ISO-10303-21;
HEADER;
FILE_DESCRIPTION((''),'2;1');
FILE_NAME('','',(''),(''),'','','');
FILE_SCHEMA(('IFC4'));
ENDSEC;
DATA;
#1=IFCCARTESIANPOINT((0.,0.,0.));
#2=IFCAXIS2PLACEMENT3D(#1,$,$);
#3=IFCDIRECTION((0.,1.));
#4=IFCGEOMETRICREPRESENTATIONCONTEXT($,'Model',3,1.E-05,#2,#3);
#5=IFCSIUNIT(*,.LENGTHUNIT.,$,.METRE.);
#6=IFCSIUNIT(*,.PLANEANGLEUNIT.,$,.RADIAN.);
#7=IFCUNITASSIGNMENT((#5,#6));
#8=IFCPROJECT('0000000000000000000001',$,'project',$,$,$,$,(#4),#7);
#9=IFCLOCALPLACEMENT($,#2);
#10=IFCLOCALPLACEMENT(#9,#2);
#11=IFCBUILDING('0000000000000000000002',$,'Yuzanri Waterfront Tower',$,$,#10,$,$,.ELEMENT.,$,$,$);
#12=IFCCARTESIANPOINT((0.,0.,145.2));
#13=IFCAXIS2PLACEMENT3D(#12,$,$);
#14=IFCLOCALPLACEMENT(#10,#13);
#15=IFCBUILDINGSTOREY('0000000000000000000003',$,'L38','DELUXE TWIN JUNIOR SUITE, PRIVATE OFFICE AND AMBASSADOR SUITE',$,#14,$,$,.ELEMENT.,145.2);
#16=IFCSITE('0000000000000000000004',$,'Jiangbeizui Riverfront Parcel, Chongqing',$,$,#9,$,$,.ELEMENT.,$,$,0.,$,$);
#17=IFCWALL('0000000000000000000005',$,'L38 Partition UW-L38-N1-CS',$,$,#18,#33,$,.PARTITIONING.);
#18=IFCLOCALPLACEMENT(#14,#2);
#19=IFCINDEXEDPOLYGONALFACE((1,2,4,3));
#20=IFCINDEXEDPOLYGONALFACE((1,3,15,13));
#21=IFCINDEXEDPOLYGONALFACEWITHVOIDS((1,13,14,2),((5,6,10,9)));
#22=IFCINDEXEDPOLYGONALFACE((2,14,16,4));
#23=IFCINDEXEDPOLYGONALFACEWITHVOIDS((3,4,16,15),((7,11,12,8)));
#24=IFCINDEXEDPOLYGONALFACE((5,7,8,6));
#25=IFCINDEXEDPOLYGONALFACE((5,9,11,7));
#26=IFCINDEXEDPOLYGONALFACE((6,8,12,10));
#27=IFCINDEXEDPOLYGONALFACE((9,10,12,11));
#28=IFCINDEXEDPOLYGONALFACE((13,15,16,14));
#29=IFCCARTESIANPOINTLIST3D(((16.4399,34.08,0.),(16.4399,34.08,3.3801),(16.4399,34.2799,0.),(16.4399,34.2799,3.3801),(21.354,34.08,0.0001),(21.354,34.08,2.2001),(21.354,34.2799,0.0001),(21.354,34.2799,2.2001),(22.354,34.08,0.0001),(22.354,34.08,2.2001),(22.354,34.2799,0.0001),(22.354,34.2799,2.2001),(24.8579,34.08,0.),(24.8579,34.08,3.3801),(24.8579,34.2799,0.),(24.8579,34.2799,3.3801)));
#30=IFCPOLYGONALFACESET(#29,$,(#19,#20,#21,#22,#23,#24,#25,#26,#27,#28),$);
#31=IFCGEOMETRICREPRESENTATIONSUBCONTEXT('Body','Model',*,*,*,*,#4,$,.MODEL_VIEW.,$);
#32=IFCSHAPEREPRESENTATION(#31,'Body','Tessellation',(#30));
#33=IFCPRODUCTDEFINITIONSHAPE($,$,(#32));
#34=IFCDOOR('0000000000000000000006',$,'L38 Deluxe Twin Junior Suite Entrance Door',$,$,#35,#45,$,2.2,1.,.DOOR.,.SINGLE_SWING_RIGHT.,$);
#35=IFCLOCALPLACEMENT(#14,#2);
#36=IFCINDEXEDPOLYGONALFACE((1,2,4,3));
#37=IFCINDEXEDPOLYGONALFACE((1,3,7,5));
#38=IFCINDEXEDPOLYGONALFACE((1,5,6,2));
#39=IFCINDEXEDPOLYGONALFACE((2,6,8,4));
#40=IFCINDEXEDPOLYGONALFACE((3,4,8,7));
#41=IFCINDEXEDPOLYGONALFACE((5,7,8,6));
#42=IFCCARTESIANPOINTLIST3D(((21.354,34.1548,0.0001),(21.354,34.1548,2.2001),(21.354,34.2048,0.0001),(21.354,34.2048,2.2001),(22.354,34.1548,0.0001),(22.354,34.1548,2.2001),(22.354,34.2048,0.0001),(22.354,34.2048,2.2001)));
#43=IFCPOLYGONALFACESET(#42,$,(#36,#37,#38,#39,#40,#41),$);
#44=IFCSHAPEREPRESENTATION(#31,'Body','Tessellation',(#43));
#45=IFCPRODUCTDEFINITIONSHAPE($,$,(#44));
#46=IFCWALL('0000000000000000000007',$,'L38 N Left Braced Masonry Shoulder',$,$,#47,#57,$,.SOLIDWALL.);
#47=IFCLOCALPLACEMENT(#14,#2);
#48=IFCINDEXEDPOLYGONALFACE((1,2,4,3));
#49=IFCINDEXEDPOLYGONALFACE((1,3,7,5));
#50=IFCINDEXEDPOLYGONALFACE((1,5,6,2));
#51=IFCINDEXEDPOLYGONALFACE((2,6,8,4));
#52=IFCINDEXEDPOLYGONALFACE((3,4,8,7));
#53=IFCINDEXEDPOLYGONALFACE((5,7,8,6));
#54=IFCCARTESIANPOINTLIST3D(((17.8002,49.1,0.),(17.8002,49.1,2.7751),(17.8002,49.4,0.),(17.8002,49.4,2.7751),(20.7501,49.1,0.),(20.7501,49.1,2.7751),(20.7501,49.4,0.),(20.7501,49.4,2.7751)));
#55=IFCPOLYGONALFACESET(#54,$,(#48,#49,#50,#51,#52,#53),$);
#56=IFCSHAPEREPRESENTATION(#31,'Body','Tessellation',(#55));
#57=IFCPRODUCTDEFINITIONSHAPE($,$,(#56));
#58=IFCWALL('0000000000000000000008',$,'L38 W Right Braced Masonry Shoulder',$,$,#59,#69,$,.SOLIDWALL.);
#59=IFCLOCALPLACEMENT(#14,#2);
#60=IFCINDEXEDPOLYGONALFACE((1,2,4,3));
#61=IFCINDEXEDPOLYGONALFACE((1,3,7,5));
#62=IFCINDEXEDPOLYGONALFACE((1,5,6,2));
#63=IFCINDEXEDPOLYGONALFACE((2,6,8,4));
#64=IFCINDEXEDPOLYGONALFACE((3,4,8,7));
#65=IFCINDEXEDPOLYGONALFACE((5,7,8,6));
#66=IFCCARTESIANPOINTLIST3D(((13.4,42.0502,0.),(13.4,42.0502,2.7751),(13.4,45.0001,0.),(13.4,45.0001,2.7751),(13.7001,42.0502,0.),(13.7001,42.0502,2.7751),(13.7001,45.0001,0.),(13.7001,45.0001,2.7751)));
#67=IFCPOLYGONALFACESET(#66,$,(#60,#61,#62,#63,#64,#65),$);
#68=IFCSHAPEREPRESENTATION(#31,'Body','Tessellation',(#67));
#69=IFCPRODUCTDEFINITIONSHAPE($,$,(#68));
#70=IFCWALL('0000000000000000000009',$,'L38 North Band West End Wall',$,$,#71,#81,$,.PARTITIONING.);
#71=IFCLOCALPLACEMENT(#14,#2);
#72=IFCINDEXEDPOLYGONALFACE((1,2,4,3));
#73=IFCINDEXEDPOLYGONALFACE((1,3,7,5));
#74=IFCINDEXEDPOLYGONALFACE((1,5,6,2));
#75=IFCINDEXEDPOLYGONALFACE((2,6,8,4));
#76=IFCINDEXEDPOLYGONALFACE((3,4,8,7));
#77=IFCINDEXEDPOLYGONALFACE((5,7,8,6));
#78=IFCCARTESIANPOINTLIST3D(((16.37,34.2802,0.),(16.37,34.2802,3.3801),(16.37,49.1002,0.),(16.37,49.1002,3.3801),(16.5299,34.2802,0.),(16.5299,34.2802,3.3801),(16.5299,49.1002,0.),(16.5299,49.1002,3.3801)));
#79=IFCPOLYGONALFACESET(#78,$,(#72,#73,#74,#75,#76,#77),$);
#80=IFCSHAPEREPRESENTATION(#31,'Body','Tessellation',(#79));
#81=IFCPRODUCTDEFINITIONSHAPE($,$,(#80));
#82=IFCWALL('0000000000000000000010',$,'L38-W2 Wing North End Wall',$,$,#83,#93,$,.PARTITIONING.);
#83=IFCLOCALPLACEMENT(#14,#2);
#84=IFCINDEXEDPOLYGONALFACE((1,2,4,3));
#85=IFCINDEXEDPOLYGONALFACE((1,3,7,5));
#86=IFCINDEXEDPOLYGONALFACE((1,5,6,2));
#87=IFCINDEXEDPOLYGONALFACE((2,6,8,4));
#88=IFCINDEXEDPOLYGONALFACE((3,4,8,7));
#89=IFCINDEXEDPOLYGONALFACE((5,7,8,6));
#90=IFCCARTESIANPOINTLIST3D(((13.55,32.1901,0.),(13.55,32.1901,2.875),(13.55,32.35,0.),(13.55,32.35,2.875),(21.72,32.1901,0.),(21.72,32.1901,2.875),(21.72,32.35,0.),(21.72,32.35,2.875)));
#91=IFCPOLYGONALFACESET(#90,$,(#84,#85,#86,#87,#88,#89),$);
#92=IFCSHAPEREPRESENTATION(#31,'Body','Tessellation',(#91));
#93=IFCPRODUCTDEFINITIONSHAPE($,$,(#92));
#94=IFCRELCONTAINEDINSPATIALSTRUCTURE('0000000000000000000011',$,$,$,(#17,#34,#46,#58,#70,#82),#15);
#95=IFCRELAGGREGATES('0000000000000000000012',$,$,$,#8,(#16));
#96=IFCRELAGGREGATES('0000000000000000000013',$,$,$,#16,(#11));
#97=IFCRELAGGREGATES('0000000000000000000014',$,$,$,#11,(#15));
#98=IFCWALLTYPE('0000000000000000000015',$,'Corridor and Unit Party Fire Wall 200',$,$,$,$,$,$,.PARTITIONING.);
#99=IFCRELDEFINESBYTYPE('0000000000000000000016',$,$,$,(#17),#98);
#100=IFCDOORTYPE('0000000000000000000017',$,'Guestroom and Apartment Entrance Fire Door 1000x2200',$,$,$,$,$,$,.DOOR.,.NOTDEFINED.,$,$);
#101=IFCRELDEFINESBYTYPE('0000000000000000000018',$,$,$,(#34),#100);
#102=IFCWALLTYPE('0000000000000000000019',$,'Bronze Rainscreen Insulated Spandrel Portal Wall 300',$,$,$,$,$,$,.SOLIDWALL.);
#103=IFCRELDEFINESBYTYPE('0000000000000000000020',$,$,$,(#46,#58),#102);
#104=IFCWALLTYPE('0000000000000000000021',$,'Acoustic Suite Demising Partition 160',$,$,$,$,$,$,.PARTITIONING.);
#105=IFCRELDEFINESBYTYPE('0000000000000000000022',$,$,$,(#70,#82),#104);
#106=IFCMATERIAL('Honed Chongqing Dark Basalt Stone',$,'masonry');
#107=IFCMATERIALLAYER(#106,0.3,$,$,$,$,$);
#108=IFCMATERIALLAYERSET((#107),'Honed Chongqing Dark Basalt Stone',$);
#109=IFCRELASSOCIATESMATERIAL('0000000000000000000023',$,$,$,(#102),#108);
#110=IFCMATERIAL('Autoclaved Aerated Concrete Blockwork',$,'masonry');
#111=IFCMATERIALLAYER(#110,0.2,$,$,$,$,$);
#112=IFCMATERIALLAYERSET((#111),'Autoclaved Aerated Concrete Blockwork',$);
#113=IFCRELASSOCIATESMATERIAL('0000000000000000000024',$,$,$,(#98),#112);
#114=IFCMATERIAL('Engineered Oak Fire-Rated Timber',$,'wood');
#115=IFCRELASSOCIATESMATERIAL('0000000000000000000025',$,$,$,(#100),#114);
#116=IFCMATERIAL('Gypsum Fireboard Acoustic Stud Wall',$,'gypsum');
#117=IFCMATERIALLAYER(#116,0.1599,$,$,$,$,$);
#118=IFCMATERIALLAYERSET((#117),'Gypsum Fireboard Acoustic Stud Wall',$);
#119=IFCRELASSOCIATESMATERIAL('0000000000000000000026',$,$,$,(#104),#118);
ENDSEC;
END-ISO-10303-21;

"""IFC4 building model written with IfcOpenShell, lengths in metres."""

from ifc_helpers import new_model, si_unit, direction, frame, frame_2d, origin, place, context, subcontext, project, spatial, rectangle, extrude, source, transform, mapped, material, layer, layer_set, type_object, element, fill, save


model = new_model("IFC4")

# Units and contexts
model_context = context("Model", 3, precision=1e-05, world=origin(), true_north=direction((0.0, 1.0)))
body_context = subcontext(model_context, "Body", "Model", "MODEL_VIEW")
ifc_project = project(units=[si_unit("LENGTHUNIT", "METRE"), si_unit("PLANEANGLEUNIT", "RADIAN")], contexts=[model_context])

# Site, building, storey
site_placement = place(None, origin())
site = spatial("IfcSite", under=ifc_project, at=site_placement, Name="Jiangbeizui Riverfront Parcel, Chongqing", CompositionType="ELEMENT", RefElevation=0.0)
building_placement = place(site_placement, origin())
building = spatial("IfcBuilding", under=site, at=building_placement, Name="Yuzanri Waterfront Tower", CompositionType="ELEMENT")
storey_placement = place(building_placement, frame((0.0, 0.0, 145.2)))
storey = spatial("IfcBuildingStorey", under=building, at=storey_placement, Name="L38", Description="DELUXE TWIN JUNIOR SUITE, PRIVATE OFFICE AND AMBASSADOR SUITE", CompositionType="ELEMENT", Elevation=145.2)

# Shared definitions
ifc_material_1 = material(Name="Honed Chongqing Dark Basalt Stone", Category="masonry")
ifc_layer_1 = layer(ifc_material_1, 0.3)
ifc_layer_set_1 = layer_set([ifc_layer_1], Name="Honed Chongqing Dark Basalt Stone")
wall_type_1 = type_object("IfcWallType", Name="Bronze Rainscreen Insulated Spandrel Portal Wall 300", PredefinedType="SOLIDWALL", material=ifc_layer_set_1)

# Wall, opening, door
ifc_material_2 = material(Name="Autoclaved Aerated Concrete Blockwork", Category="masonry")
ifc_layer_2 = layer(ifc_material_2, 0.2)
ifc_layer_set_2 = layer_set([ifc_layer_2], Name="Autoclaved Aerated Concrete Blockwork")
wall_type_2 = type_object("IfcWallType", Name="Corridor and Unit Party Fire Wall 200", PredefinedType="PARTITIONING", material=ifc_layer_set_2)
wall_1_placement = place(storey_placement, frame((16.4399, 34.1799, 0.0), z_axis=(0.0, 0.0, 1.0), x_axis=(1.0, 0.0, 0.0)))
wall_1 = element("IfcWall", 1, at=wall_1_placement, inside=storey, type_object=wall_type_2, Name="L38 Partition UW-L38-N1-CS", PredefinedType="PARTITIONING", context=body_context, shape_type="SweptSolid", body=[
    extrude(rectangle(XDim=8.418, YDim=0.2, at=frame_2d((4.209, 0.0))), origin(), (0.0, 0.0, 1.0), 3.3801),
])
opening_1_placement = place(wall_1_placement, frame((4.9141, 0.0, 0.0)))
opening_1 = element("IfcOpeningElement", 2, at=opening_1_placement, cuts=wall_1, PredefinedType="OPENING", context=body_context, shape_type="SweptSolid", body=[
    extrude(rectangle(XDim=1.0, YDim=2.2, at=frame_2d((0.5, 1.1001))), frame((0.0, 0.1147, 0.0), z_axis=(0.0, -1.0, 0.0), x_axis=(1.0, 0.0, 0.0)), (0.0, 0.0, 1.0), 0.2297),
])
ifc_material_3 = material(Name="Engineered Oak Fire-Rated Timber", Category="wood")
door_type_1 = type_object("IfcDoorType", Name="Guestroom and Apartment Entrance Fire Door 1000x2200", OperationType="NOTDEFINED", PredefinedType="DOOR", material=ifc_material_3)
shared_shape_1 = source(origin(), body_context, "Body", "SweptSolid", [
    extrude(rectangle(XDim=1.0, YDim=2.2, at=frame_2d((0.5, 1.1001))), frame((0.0, 0.0249, 0.0), z_axis=(0.0, -1.0, 0.0), x_axis=(1.0, 0.0, 0.0)), (0.0, 0.0, 1.0), 0.05),
])
door_1_placement = place(opening_1_placement, origin())
door_1 = element("IfcDoor", 3, at=door_1_placement, inside=storey, type_object=door_type_1, Name="L38 Deluxe Twin Junior Suite Entrance Door", OperationType="SINGLE_SWING_RIGHT", OverallHeight=2.2, OverallWidth=1.0, PredefinedType="DOOR", context=body_context, shape_type="MappedRepresentation", body=[
    mapped(shared_shape_1, transform((0.0, 0.0, 0.0), scale=1.0)),
])
fill(opening_1, door_1)

# Walls
shared_shape_2 = source(origin(), body_context, "Body", "SweptSolid", [
    extrude(rectangle(XDim=2.95, YDim=0.3, at=frame_2d((1.4751, 0.0))), origin(), (0.0, 0.0, 1.0), 2.7751),
])
for number, where, z_axis, x_axis, name in (
    (4, (17.8, 49.25, 0.0), (0.0, 0.0, 1.0), (1.0, 0.0, 0.0), "L38 N Left Braced Masonry Shoulder"),
    (5, (13.55, 42.05, 0.0), (0.0, 0.0, 1.0), (0.0, 1.0, 0.0), "L38 W Right Braced Masonry Shoulder"),
):
    element("IfcWall", number, at=place(storey_placement, frame(where, z_axis=z_axis, x_axis=x_axis)), inside=storey, type_object=wall_type_1, Name=name, PredefinedType="SOLIDWALL", context=body_context, shape_type="MappedRepresentation", body=[
        mapped(shared_shape_2, transform((0.0, 0.0, 0.0), scale=1.0)),
    ])
ifc_material_4 = material(Name="Gypsum Fireboard Acoustic Stud Wall", Category="gypsum")
ifc_layer_3 = layer(ifc_material_4, 0.1599)
ifc_layer_set_3 = layer_set([ifc_layer_3], Name="Gypsum Fireboard Acoustic Stud Wall")
wall_type_3 = type_object("IfcWallType", Name="Acoustic Suite Demising Partition 160", PredefinedType="PARTITIONING", material=ifc_layer_set_3)
shared_shape_3 = source(origin(), body_context, "Body", "SweptSolid", [
    extrude(rectangle(XDim=14.8201, YDim=0.1599, at=frame_2d((7.4102, 0.0))), origin(), (0.0, 0.0, 1.0), 3.3801),
])
wall_2_placement = place(storey_placement, frame((16.45, 34.28, 0.0), z_axis=(0.0, 0.0, 1.0), x_axis=(0.0, 1.0, 0.0)))
element("IfcWall", 6, at=wall_2_placement, inside=storey, type_object=wall_type_3, Name="L38 North Band West End Wall", PredefinedType="PARTITIONING", context=body_context, shape_type="MappedRepresentation", body=[
    mapped(shared_shape_3, transform((0.0, 0.0, 0.0), scale=1.0)),
])
shared_shape_4 = source(origin(), body_context, "Body", "SweptSolid", [
    extrude(rectangle(XDim=8.1699, YDim=0.1599, at=frame_2d((4.085, 0.0))), origin(), (0.0, 0.0, 1.0), 2.875),
])
wall_3_placement = place(storey_placement, frame((13.55, 32.27, 0.0), z_axis=(0.0, 0.0, 1.0), x_axis=(1.0, 0.0, 0.0)))
element("IfcWall", 7, at=wall_3_placement, inside=storey, type_object=wall_type_3, Name="L38-W2 Wing North End Wall", PredefinedType="PARTITIONING", context=body_context, shape_type="MappedRepresentation", body=[
    mapped(shared_shape_4, transform((0.0, 0.0, 0.0), scale=1.0)),
])

save(model, "model.ifc")
